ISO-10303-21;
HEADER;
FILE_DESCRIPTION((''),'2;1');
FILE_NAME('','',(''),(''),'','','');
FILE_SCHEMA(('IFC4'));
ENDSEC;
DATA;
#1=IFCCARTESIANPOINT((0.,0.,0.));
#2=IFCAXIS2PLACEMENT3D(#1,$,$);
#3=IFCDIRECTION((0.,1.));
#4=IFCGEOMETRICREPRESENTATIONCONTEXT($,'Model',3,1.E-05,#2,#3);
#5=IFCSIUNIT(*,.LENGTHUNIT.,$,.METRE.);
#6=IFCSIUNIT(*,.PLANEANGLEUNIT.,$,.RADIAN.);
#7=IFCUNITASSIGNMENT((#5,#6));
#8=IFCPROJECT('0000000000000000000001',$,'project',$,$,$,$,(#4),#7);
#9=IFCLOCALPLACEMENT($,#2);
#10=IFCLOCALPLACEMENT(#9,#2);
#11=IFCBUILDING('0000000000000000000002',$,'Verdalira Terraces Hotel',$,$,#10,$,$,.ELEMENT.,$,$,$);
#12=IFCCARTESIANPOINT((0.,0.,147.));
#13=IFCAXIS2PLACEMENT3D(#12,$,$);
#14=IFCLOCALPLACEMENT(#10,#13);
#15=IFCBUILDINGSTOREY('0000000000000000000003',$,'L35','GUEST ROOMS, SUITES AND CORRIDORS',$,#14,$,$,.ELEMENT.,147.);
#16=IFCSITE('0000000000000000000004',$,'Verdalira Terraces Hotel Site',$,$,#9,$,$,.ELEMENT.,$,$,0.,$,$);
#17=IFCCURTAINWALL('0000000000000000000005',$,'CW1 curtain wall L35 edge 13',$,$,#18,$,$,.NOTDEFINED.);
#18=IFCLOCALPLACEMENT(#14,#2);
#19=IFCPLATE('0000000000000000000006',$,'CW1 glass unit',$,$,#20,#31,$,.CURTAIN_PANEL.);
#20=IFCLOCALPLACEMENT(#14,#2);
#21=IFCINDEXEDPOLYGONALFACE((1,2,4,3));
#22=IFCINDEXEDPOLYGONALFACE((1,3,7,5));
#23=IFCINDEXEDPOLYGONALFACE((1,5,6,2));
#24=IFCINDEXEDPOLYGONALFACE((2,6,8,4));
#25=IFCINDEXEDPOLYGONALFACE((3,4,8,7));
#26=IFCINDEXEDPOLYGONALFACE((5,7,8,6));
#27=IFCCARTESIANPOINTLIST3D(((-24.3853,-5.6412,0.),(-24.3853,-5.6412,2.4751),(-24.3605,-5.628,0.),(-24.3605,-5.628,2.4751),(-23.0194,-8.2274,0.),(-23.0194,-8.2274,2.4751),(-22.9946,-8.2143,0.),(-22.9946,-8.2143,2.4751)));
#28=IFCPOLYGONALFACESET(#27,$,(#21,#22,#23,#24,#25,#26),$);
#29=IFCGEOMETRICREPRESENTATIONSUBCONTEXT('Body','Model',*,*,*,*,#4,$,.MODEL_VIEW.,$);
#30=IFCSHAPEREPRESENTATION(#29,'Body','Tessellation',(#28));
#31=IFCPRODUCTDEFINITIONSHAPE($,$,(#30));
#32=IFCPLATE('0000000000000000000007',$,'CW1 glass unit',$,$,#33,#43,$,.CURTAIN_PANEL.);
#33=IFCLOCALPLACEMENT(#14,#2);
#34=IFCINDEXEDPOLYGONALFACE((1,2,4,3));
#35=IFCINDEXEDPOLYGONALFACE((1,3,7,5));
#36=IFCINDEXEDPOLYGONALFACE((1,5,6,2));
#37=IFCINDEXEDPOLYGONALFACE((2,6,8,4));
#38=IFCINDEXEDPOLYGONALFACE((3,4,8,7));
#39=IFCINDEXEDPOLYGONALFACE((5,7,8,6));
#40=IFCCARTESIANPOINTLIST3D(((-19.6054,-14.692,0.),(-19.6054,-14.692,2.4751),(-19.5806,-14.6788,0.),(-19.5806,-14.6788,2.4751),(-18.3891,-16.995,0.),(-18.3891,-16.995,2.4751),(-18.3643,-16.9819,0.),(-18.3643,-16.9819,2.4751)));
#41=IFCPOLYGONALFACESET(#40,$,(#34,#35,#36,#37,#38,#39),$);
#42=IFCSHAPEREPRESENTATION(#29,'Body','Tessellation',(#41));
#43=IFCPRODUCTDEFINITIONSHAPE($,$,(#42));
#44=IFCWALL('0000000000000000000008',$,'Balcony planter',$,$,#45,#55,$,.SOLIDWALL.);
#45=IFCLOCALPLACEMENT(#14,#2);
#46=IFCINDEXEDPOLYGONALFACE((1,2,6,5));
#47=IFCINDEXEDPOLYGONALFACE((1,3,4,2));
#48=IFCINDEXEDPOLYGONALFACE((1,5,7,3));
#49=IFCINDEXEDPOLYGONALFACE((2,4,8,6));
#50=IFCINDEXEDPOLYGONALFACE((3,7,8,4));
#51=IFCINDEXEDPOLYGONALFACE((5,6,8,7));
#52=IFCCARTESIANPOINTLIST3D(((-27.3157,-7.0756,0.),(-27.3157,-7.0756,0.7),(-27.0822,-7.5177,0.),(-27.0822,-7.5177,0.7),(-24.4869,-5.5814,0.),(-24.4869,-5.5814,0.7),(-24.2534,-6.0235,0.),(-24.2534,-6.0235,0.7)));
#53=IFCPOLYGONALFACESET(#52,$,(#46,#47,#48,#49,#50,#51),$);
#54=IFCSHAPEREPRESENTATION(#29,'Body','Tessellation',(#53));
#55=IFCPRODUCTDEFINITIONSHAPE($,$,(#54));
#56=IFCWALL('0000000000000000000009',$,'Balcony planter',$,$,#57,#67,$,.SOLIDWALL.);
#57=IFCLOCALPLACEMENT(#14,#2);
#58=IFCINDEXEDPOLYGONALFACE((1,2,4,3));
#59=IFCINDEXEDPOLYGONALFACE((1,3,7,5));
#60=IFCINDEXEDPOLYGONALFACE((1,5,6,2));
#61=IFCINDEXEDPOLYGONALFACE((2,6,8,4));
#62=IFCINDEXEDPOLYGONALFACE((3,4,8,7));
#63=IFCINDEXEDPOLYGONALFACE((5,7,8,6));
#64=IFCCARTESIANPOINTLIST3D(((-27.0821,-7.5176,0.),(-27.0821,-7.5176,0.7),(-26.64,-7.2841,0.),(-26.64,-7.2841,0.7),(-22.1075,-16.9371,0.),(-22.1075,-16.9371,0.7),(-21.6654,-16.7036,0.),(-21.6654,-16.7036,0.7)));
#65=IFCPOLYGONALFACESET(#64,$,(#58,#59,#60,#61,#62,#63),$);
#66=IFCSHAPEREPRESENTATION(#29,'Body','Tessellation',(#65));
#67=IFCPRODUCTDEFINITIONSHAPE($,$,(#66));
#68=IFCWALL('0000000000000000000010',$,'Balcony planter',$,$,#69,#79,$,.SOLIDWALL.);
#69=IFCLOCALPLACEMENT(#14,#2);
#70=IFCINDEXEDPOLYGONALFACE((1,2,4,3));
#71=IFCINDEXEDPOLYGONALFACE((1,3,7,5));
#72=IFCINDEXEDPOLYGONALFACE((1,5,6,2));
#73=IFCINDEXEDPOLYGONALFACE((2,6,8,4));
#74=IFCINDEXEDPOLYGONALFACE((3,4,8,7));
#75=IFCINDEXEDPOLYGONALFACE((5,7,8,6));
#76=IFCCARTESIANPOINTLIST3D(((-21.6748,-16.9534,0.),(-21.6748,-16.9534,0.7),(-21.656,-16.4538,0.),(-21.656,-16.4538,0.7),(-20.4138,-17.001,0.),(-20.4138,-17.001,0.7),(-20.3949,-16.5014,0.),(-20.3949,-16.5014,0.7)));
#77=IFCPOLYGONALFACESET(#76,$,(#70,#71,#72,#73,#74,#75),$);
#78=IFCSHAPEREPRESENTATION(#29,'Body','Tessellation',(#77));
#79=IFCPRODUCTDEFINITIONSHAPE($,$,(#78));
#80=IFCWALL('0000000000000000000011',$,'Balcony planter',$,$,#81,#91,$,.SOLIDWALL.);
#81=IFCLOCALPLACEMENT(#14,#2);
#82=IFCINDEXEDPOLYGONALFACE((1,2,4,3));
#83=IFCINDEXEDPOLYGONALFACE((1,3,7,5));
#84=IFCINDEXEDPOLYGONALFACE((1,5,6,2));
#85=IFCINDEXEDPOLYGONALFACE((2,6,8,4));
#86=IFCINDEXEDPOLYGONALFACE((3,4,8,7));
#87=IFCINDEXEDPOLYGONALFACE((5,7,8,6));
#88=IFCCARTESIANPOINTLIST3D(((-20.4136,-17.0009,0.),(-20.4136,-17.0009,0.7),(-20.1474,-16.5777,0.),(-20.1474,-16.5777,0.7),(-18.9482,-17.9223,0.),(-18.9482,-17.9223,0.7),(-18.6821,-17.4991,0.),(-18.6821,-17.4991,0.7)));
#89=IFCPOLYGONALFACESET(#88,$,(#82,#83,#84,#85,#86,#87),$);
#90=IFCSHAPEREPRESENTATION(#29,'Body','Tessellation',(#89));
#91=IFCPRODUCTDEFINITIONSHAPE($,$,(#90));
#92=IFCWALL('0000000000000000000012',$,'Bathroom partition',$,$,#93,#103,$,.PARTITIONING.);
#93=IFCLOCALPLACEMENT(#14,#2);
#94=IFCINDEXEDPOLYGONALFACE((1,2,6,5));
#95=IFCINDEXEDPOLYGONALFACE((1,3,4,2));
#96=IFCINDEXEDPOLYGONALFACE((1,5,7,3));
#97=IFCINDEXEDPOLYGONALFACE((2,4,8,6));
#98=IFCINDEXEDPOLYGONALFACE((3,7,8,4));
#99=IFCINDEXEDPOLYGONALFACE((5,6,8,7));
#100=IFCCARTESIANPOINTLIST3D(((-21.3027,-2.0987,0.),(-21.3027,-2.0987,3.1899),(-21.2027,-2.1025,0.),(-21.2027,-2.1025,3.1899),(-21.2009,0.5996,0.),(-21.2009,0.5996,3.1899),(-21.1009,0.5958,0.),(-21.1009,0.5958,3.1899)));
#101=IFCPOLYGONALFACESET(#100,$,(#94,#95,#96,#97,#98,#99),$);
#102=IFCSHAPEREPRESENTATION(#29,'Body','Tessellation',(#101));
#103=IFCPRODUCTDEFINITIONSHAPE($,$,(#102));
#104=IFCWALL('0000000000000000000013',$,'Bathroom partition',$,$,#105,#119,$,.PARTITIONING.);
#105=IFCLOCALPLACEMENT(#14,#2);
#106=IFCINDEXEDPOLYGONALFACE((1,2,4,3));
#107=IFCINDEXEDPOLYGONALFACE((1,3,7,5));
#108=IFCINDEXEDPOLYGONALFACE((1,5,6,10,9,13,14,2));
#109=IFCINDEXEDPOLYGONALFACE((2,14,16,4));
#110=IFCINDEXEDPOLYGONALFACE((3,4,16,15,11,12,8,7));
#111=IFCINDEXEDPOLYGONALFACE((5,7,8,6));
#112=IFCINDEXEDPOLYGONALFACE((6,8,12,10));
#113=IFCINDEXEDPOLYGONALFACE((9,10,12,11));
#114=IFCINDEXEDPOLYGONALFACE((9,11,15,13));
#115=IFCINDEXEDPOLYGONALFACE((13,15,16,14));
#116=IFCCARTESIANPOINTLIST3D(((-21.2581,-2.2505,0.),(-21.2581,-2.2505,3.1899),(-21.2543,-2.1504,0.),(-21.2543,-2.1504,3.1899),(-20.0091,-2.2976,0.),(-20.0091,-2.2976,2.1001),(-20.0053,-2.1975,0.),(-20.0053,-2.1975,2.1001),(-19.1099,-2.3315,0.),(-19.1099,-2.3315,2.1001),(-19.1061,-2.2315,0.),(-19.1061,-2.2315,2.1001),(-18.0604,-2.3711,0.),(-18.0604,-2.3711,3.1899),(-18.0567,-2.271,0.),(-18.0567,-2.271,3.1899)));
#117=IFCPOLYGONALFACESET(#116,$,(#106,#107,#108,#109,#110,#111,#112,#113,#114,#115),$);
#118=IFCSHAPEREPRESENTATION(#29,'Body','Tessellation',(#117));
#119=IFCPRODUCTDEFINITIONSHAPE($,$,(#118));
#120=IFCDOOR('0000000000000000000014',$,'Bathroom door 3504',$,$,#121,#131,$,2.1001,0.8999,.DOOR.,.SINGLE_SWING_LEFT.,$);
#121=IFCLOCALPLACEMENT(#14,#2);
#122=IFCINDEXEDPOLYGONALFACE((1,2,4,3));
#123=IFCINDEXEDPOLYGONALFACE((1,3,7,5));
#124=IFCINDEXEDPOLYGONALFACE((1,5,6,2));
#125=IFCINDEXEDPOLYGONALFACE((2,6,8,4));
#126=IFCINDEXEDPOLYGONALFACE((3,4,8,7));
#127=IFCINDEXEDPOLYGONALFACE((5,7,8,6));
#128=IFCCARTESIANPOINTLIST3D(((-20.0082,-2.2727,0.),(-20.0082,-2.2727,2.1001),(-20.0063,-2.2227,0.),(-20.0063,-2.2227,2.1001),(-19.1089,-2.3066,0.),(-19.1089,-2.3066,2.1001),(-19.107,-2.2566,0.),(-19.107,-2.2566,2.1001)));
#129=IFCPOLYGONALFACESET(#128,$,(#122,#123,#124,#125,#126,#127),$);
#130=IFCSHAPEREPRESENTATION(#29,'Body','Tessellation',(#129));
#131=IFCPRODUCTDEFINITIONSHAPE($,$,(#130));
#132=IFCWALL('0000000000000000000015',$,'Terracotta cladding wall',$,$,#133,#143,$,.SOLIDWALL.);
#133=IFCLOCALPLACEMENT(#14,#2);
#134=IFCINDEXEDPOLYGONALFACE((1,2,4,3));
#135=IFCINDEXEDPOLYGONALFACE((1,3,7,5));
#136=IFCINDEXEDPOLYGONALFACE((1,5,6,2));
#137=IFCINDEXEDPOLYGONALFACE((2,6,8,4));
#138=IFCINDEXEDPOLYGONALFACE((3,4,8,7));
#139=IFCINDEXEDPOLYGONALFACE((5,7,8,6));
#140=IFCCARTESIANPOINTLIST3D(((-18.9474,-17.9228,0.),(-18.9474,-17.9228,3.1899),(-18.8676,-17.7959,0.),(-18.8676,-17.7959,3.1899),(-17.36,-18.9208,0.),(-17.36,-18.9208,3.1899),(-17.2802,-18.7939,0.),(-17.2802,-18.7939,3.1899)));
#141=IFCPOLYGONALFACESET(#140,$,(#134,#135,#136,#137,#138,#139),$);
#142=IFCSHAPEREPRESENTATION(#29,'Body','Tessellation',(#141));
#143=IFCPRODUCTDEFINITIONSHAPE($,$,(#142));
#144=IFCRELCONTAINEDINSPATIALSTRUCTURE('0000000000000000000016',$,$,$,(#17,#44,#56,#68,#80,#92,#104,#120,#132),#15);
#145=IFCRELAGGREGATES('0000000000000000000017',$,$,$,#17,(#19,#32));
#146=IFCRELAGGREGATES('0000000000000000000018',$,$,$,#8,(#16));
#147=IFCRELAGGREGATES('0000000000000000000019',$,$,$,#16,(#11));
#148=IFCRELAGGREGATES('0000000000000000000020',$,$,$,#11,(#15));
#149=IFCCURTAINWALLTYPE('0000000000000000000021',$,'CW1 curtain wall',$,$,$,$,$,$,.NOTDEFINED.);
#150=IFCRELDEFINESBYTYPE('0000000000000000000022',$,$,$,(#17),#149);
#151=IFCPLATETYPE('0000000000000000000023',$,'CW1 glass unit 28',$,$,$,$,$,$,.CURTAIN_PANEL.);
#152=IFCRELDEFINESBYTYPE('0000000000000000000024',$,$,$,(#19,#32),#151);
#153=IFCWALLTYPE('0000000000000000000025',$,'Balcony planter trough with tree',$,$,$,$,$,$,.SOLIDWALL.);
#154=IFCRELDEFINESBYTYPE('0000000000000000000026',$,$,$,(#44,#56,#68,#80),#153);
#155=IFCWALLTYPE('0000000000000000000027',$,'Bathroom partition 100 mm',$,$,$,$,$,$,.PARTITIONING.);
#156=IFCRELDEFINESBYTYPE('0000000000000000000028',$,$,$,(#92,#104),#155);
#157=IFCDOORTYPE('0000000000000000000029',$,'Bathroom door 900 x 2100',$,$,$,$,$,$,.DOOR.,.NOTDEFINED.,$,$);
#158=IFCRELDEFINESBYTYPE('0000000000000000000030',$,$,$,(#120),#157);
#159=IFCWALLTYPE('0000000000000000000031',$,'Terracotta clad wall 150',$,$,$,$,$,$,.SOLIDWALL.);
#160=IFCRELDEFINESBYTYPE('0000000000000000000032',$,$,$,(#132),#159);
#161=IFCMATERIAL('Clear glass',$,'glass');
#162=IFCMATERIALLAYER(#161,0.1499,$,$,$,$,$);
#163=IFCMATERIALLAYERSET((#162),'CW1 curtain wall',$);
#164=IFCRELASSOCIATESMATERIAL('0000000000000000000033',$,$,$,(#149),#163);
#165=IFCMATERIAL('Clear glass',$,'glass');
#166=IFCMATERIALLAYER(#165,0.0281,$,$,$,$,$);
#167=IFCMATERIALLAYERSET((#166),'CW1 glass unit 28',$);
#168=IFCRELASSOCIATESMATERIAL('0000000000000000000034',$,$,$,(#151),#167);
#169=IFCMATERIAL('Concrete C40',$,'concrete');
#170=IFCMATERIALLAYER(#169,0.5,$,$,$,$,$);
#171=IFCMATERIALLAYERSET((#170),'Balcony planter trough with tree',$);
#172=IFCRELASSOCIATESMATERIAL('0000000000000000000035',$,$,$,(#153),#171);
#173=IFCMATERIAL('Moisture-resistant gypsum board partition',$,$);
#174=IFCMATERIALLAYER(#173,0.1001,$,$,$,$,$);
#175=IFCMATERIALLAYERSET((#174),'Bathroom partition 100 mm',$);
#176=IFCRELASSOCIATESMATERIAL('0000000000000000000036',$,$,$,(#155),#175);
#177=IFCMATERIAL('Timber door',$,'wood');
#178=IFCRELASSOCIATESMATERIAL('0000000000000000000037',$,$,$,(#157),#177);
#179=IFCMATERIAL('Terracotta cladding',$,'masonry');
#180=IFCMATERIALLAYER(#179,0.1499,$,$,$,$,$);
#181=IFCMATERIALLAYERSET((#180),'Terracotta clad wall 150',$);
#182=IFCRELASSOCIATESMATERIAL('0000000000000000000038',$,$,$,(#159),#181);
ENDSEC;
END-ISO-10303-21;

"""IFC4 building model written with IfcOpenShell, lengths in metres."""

from ifc_helpers import new_model, si_unit, direction, frame, frame_2d, origin, origin_2d, place, context, subcontext, project, spatial, rectangle, extrude, material, layer, layer_set, type_object, element, fill, aggregate, save


model = new_model("IFC4")

# Units and contexts
model_context = context("Model", 3, precision=1e-05, world=origin(), true_north=direction((0.0, 1.0)))
body_context = subcontext(model_context, "Body", "Model", "MODEL_VIEW")
ifc_project = project(units=[si_unit("LENGTHUNIT", "METRE"), si_unit("PLANEANGLEUNIT", "RADIAN")], contexts=[model_context])

# Site, building, storey
site_placement = place(None, origin())
site = spatial("IfcSite", under=ifc_project, at=site_placement, Name="Verdalira Terraces Hotel Site", CompositionType="ELEMENT", RefElevation=0.0)
building_placement = place(site_placement, origin())
building = spatial("IfcBuilding", under=site, at=building_placement, Name="Verdalira Terraces Hotel", CompositionType="ELEMENT")
storey_placement = place(building_placement, frame((0.0, 0.0, 147.0)))
storey = spatial("IfcBuildingStorey", under=building, at=storey_placement, Name="L35", Description="GUEST ROOMS, SUITES AND CORRIDORS", CompositionType="ELEMENT", Elevation=147.0)

# Shared definitions
ifc_material_1 = material(Name="Clear glass", Category="glass")
ifc_layer_1 = layer(ifc_material_1, 0.1499)
ifc_layer_set_1 = layer_set([ifc_layer_1], Name="CW1 curtain wall")
curtain_wall_type = type_object("IfcCurtainWallType", Name="CW1 curtain wall", PredefinedType="NOTDEFINED", material=ifc_layer_set_1)

# Curtain wall
curtain_wall_1_placement = place(storey_placement, origin())
curtain_wall_1 = element("IfcCurtainWall", 1, at=curtain_wall_1_placement, inside=storey, type_object=curtain_wall_type, Name="CW1 curtain wall L35 edge 13", PredefinedType="NOTDEFINED")

# Plates
ifc_material_2 = material(Name="Clear glass", Category="glass")
ifc_layer_2 = layer(ifc_material_2, 0.0281)
ifc_layer_set_2 = layer_set([ifc_layer_2], Name="CW1 glass unit 28")
plate_type = type_object("IfcPlateType", Name="CW1 glass unit 28", PredefinedType="CURTAIN_PANEL", material=ifc_layer_set_2)
plate_1_placement = place(storey_placement, frame((-23.6899, -6.9277, 0.0), z_axis=(0.0, 0.0, 1.0), x_axis=(0.467004, -0.884255, 0.0)))
plate_1 = element("IfcPlate", 2, at=plate_1_placement, type_object=plate_type, Name="CW1 glass unit", PredefinedType="CURTAIN_PANEL", context=body_context, shape_type="SweptSolid", body=[
    extrude(rectangle(XDim=2.9248, YDim=0.0281, at=origin_2d()), origin(), (0.0, 0.0, 1.0), 2.4751),
])
plate_2_placement = place(storey_placement, frame((-18.9849, -15.8369, 0.0), z_axis=(0.0, 0.0, 1.0), x_axis=(0.467004, -0.884255, 0.0)))
plate_2 = element("IfcPlate", 3, at=plate_2_placement, type_object=plate_type, Name="CW1 glass unit", PredefinedType="CURTAIN_PANEL", context=body_context, shape_type="SweptSolid", body=[
    extrude(rectangle(XDim=2.6045, YDim=0.0281, at=origin_2d()), origin(), (0.0, 0.0, 1.0), 2.4751),
])
aggregate(curtain_wall_1, [plate_1, plate_2])

# Walls
ifc_material_3 = material(Name="Concrete C40", Category="concrete")
ifc_layer_3 = layer(ifc_material_3, 0.5)
ifc_layer_set_3 = layer_set([ifc_layer_3], Name="Balcony planter trough with tree")
wall_type_1 = type_object("IfcWallType", Name="Balcony planter trough with tree", PredefinedType="SOLIDWALL", material=ifc_layer_set_3)
wall_1_placement = place(storey_placement, frame((-24.3701, -5.8025, 0.0), z_axis=(0.0, 0.0, 1.0), x_axis=(-0.884239, -0.467035, 0.0)))
element("IfcWall", 4, at=wall_1_placement, inside=storey, type_object=wall_type_1, Name="Balcony planter", PredefinedType="SOLIDWALL", context=body_context, shape_type="SweptSolid", body=[
    extrude(rectangle(XDim=3.1992, YDim=0.5, at=frame_2d((1.5996, 0.0))), origin(), (0.0, 0.0, 1.0), 0.7),
])
wall_2_placement = place(storey_placement, frame((-26.8611, -7.4009, 0.0), z_axis=(0.0, 0.0, 1.0), x_axis=(0.466997, -0.884259, 0.0)))
element("IfcWall", 5, at=wall_2_placement, inside=storey, type_object=wall_type_1, Name="Balcony planter", PredefinedType="SOLIDWALL", context=body_context, shape_type="SweptSolid", body=[
    extrude(rectangle(XDim=10.6523, YDim=0.5, at=frame_2d((5.3262, 0.0))), origin(), (0.0, 0.0, 1.0), 0.7),
])
wall_3_placement = place(storey_placement, frame((-21.6653, -16.7036, 0.0), z_axis=(0.0, 0.0, 1.0), x_axis=(0.999288, -0.037727, 0.0)))
element("IfcWall", 6, at=wall_3_placement, inside=storey, type_object=wall_type_1, Name="Balcony planter", PredefinedType="SOLIDWALL", context=body_context, shape_type="SweptSolid", body=[
    extrude(rectangle(XDim=1.262, YDim=0.5, at=frame_2d((0.6309, 0.0))), origin(), (0.0, 0.0, 1.0), 0.7),
])
wall_4_placement = place(storey_placement, frame((-20.2805, -16.7893, 0.0), z_axis=(0.0, 0.0, 1.0), x_axis=(0.846553, -0.532304, 0.0)))
element("IfcWall", 7, at=wall_4_placement, inside=storey, type_object=wall_type_1, Name="Balcony planter", PredefinedType="SOLIDWALL", context=body_context, shape_type="SweptSolid", body=[
    extrude(rectangle(XDim=1.731, YDim=0.5, at=frame_2d((0.8655, 0.0))), origin(), (0.0, 0.0, 1.0), 0.7),
])
ifc_material_4 = material(Name="Moisture-resistant gypsum board partition")
ifc_layer_4 = layer(ifc_material_4, 0.1001)
ifc_layer_set_4 = layer_set([ifc_layer_4], Name="Bathroom partition 100 mm")
wall_type_2 = type_object("IfcWallType", Name="Bathroom partition 100 mm", PredefinedType="PARTITIONING", material=ifc_layer_set_4)
wall_5_placement = place(storey_placement, frame((-21.2527, -2.1006, 0.0), z_axis=(0.0, 0.0, 1.0), x_axis=(0.037704, 0.999289, 0.0)))
element("IfcWall", 8, at=wall_5_placement, inside=storey, type_object=wall_type_2, Name="Bathroom partition", PredefinedType="PARTITIONING", context=body_context, shape_type="SweptSolid", body=[
    extrude(rectangle(XDim=2.7002, YDim=0.1001, at=frame_2d((1.3501, 0.0))), origin(), (0.0, 0.0, 1.0), 3.1899),
])

# Wall, opening, door
wall_6_placement = place(storey_placement, frame((-21.2563, -2.2004, 0.0), z_axis=(0.0, 0.0, 1.0), x_axis=(0.99929, -0.037689, 0.0)))
wall_6 = element("IfcWall", 9, at=wall_6_placement, inside=storey, type_object=wall_type_2, Name="Bathroom partition", PredefinedType="PARTITIONING", context=body_context, shape_type="SweptSolid", body=[
    extrude(rectangle(XDim=3.2, YDim=0.1001, at=frame_2d((1.6001, 0.0))), origin(), (0.0, 0.0, 1.0), 3.1899),
])
opening_1_placement = place(wall_6_placement, frame((1.25, 0.0, 0.0)))
opening_1 = element("IfcOpeningElement", 10, at=opening_1_placement, cuts=wall_6, PredefinedType="OPENING", context=body_context, shape_type="SweptSolid", body=[
    extrude(rectangle(XDim=0.8999, YDim=2.1001, at=frame_2d((0.45, 1.05))), frame((0.0, 0.0601, 0.0), z_axis=(0.0, -1.0, 0.0), x_axis=(1.0, 0.0, 0.0)), (0.0, 0.0, 1.0), 0.1201),
])
ifc_material_5 = material(Name="Timber door", Category="wood")
door_type_1 = type_object("IfcDoorType", Name="Bathroom door 900 x 2100", OperationType="NOTDEFINED", PredefinedType="DOOR", material=ifc_material_5)
door_1_placement = place(opening_1_placement, origin())
door_1 = element("IfcDoor", 11, at=door_1_placement, inside=storey, type_object=door_type_1, Name="Bathroom door 3504", OperationType="SINGLE_SWING_LEFT", OverallHeight=2.1001, OverallWidth=0.8999, PredefinedType="DOOR", context=body_context, shape_type="SweptSolid", body=[
    extrude(rectangle(XDim=0.8999, YDim=2.1001, at=frame_2d((0.45, 1.05))), frame((0.0, 0.0249, 0.0), z_axis=(0.0, -1.0, 0.0), x_axis=(1.0, 0.0, 0.0)), (0.0, 0.0, 1.0), 0.05),
])
fill(opening_1, door_1)

# Wall
ifc_material_6 = material(Name="Terracotta cladding", Category="masonry")
ifc_layer_5 = layer(ifc_material_6, 0.1499)
ifc_layer_set_5 = layer_set([ifc_layer_5], Name="Terracotta clad wall 150")
wall_type_3 = type_object("IfcWallType", Name="Terracotta clad wall 150", PredefinedType="SOLIDWALL", material=ifc_layer_set_5)
wall_7_placement = place(storey_placement, frame((-18.9075, -17.8594, 0.0), z_axis=(0.0, 0.0, 1.0), x_axis=(0.846576, -0.532268, 0.0)))
element("IfcWall", 12, at=wall_7_placement, inside=storey, type_object=wall_type_3, Name="Terracotta cladding wall", PredefinedType="SOLIDWALL", context=body_context, shape_type="SweptSolid", body=[
    extrude(rectangle(XDim=1.875, YDim=0.1499, at=frame_2d((0.9375, 0.0))), origin(), (0.0, 0.0, 1.0), 3.1899),
])

save(model, "model.ifc")
